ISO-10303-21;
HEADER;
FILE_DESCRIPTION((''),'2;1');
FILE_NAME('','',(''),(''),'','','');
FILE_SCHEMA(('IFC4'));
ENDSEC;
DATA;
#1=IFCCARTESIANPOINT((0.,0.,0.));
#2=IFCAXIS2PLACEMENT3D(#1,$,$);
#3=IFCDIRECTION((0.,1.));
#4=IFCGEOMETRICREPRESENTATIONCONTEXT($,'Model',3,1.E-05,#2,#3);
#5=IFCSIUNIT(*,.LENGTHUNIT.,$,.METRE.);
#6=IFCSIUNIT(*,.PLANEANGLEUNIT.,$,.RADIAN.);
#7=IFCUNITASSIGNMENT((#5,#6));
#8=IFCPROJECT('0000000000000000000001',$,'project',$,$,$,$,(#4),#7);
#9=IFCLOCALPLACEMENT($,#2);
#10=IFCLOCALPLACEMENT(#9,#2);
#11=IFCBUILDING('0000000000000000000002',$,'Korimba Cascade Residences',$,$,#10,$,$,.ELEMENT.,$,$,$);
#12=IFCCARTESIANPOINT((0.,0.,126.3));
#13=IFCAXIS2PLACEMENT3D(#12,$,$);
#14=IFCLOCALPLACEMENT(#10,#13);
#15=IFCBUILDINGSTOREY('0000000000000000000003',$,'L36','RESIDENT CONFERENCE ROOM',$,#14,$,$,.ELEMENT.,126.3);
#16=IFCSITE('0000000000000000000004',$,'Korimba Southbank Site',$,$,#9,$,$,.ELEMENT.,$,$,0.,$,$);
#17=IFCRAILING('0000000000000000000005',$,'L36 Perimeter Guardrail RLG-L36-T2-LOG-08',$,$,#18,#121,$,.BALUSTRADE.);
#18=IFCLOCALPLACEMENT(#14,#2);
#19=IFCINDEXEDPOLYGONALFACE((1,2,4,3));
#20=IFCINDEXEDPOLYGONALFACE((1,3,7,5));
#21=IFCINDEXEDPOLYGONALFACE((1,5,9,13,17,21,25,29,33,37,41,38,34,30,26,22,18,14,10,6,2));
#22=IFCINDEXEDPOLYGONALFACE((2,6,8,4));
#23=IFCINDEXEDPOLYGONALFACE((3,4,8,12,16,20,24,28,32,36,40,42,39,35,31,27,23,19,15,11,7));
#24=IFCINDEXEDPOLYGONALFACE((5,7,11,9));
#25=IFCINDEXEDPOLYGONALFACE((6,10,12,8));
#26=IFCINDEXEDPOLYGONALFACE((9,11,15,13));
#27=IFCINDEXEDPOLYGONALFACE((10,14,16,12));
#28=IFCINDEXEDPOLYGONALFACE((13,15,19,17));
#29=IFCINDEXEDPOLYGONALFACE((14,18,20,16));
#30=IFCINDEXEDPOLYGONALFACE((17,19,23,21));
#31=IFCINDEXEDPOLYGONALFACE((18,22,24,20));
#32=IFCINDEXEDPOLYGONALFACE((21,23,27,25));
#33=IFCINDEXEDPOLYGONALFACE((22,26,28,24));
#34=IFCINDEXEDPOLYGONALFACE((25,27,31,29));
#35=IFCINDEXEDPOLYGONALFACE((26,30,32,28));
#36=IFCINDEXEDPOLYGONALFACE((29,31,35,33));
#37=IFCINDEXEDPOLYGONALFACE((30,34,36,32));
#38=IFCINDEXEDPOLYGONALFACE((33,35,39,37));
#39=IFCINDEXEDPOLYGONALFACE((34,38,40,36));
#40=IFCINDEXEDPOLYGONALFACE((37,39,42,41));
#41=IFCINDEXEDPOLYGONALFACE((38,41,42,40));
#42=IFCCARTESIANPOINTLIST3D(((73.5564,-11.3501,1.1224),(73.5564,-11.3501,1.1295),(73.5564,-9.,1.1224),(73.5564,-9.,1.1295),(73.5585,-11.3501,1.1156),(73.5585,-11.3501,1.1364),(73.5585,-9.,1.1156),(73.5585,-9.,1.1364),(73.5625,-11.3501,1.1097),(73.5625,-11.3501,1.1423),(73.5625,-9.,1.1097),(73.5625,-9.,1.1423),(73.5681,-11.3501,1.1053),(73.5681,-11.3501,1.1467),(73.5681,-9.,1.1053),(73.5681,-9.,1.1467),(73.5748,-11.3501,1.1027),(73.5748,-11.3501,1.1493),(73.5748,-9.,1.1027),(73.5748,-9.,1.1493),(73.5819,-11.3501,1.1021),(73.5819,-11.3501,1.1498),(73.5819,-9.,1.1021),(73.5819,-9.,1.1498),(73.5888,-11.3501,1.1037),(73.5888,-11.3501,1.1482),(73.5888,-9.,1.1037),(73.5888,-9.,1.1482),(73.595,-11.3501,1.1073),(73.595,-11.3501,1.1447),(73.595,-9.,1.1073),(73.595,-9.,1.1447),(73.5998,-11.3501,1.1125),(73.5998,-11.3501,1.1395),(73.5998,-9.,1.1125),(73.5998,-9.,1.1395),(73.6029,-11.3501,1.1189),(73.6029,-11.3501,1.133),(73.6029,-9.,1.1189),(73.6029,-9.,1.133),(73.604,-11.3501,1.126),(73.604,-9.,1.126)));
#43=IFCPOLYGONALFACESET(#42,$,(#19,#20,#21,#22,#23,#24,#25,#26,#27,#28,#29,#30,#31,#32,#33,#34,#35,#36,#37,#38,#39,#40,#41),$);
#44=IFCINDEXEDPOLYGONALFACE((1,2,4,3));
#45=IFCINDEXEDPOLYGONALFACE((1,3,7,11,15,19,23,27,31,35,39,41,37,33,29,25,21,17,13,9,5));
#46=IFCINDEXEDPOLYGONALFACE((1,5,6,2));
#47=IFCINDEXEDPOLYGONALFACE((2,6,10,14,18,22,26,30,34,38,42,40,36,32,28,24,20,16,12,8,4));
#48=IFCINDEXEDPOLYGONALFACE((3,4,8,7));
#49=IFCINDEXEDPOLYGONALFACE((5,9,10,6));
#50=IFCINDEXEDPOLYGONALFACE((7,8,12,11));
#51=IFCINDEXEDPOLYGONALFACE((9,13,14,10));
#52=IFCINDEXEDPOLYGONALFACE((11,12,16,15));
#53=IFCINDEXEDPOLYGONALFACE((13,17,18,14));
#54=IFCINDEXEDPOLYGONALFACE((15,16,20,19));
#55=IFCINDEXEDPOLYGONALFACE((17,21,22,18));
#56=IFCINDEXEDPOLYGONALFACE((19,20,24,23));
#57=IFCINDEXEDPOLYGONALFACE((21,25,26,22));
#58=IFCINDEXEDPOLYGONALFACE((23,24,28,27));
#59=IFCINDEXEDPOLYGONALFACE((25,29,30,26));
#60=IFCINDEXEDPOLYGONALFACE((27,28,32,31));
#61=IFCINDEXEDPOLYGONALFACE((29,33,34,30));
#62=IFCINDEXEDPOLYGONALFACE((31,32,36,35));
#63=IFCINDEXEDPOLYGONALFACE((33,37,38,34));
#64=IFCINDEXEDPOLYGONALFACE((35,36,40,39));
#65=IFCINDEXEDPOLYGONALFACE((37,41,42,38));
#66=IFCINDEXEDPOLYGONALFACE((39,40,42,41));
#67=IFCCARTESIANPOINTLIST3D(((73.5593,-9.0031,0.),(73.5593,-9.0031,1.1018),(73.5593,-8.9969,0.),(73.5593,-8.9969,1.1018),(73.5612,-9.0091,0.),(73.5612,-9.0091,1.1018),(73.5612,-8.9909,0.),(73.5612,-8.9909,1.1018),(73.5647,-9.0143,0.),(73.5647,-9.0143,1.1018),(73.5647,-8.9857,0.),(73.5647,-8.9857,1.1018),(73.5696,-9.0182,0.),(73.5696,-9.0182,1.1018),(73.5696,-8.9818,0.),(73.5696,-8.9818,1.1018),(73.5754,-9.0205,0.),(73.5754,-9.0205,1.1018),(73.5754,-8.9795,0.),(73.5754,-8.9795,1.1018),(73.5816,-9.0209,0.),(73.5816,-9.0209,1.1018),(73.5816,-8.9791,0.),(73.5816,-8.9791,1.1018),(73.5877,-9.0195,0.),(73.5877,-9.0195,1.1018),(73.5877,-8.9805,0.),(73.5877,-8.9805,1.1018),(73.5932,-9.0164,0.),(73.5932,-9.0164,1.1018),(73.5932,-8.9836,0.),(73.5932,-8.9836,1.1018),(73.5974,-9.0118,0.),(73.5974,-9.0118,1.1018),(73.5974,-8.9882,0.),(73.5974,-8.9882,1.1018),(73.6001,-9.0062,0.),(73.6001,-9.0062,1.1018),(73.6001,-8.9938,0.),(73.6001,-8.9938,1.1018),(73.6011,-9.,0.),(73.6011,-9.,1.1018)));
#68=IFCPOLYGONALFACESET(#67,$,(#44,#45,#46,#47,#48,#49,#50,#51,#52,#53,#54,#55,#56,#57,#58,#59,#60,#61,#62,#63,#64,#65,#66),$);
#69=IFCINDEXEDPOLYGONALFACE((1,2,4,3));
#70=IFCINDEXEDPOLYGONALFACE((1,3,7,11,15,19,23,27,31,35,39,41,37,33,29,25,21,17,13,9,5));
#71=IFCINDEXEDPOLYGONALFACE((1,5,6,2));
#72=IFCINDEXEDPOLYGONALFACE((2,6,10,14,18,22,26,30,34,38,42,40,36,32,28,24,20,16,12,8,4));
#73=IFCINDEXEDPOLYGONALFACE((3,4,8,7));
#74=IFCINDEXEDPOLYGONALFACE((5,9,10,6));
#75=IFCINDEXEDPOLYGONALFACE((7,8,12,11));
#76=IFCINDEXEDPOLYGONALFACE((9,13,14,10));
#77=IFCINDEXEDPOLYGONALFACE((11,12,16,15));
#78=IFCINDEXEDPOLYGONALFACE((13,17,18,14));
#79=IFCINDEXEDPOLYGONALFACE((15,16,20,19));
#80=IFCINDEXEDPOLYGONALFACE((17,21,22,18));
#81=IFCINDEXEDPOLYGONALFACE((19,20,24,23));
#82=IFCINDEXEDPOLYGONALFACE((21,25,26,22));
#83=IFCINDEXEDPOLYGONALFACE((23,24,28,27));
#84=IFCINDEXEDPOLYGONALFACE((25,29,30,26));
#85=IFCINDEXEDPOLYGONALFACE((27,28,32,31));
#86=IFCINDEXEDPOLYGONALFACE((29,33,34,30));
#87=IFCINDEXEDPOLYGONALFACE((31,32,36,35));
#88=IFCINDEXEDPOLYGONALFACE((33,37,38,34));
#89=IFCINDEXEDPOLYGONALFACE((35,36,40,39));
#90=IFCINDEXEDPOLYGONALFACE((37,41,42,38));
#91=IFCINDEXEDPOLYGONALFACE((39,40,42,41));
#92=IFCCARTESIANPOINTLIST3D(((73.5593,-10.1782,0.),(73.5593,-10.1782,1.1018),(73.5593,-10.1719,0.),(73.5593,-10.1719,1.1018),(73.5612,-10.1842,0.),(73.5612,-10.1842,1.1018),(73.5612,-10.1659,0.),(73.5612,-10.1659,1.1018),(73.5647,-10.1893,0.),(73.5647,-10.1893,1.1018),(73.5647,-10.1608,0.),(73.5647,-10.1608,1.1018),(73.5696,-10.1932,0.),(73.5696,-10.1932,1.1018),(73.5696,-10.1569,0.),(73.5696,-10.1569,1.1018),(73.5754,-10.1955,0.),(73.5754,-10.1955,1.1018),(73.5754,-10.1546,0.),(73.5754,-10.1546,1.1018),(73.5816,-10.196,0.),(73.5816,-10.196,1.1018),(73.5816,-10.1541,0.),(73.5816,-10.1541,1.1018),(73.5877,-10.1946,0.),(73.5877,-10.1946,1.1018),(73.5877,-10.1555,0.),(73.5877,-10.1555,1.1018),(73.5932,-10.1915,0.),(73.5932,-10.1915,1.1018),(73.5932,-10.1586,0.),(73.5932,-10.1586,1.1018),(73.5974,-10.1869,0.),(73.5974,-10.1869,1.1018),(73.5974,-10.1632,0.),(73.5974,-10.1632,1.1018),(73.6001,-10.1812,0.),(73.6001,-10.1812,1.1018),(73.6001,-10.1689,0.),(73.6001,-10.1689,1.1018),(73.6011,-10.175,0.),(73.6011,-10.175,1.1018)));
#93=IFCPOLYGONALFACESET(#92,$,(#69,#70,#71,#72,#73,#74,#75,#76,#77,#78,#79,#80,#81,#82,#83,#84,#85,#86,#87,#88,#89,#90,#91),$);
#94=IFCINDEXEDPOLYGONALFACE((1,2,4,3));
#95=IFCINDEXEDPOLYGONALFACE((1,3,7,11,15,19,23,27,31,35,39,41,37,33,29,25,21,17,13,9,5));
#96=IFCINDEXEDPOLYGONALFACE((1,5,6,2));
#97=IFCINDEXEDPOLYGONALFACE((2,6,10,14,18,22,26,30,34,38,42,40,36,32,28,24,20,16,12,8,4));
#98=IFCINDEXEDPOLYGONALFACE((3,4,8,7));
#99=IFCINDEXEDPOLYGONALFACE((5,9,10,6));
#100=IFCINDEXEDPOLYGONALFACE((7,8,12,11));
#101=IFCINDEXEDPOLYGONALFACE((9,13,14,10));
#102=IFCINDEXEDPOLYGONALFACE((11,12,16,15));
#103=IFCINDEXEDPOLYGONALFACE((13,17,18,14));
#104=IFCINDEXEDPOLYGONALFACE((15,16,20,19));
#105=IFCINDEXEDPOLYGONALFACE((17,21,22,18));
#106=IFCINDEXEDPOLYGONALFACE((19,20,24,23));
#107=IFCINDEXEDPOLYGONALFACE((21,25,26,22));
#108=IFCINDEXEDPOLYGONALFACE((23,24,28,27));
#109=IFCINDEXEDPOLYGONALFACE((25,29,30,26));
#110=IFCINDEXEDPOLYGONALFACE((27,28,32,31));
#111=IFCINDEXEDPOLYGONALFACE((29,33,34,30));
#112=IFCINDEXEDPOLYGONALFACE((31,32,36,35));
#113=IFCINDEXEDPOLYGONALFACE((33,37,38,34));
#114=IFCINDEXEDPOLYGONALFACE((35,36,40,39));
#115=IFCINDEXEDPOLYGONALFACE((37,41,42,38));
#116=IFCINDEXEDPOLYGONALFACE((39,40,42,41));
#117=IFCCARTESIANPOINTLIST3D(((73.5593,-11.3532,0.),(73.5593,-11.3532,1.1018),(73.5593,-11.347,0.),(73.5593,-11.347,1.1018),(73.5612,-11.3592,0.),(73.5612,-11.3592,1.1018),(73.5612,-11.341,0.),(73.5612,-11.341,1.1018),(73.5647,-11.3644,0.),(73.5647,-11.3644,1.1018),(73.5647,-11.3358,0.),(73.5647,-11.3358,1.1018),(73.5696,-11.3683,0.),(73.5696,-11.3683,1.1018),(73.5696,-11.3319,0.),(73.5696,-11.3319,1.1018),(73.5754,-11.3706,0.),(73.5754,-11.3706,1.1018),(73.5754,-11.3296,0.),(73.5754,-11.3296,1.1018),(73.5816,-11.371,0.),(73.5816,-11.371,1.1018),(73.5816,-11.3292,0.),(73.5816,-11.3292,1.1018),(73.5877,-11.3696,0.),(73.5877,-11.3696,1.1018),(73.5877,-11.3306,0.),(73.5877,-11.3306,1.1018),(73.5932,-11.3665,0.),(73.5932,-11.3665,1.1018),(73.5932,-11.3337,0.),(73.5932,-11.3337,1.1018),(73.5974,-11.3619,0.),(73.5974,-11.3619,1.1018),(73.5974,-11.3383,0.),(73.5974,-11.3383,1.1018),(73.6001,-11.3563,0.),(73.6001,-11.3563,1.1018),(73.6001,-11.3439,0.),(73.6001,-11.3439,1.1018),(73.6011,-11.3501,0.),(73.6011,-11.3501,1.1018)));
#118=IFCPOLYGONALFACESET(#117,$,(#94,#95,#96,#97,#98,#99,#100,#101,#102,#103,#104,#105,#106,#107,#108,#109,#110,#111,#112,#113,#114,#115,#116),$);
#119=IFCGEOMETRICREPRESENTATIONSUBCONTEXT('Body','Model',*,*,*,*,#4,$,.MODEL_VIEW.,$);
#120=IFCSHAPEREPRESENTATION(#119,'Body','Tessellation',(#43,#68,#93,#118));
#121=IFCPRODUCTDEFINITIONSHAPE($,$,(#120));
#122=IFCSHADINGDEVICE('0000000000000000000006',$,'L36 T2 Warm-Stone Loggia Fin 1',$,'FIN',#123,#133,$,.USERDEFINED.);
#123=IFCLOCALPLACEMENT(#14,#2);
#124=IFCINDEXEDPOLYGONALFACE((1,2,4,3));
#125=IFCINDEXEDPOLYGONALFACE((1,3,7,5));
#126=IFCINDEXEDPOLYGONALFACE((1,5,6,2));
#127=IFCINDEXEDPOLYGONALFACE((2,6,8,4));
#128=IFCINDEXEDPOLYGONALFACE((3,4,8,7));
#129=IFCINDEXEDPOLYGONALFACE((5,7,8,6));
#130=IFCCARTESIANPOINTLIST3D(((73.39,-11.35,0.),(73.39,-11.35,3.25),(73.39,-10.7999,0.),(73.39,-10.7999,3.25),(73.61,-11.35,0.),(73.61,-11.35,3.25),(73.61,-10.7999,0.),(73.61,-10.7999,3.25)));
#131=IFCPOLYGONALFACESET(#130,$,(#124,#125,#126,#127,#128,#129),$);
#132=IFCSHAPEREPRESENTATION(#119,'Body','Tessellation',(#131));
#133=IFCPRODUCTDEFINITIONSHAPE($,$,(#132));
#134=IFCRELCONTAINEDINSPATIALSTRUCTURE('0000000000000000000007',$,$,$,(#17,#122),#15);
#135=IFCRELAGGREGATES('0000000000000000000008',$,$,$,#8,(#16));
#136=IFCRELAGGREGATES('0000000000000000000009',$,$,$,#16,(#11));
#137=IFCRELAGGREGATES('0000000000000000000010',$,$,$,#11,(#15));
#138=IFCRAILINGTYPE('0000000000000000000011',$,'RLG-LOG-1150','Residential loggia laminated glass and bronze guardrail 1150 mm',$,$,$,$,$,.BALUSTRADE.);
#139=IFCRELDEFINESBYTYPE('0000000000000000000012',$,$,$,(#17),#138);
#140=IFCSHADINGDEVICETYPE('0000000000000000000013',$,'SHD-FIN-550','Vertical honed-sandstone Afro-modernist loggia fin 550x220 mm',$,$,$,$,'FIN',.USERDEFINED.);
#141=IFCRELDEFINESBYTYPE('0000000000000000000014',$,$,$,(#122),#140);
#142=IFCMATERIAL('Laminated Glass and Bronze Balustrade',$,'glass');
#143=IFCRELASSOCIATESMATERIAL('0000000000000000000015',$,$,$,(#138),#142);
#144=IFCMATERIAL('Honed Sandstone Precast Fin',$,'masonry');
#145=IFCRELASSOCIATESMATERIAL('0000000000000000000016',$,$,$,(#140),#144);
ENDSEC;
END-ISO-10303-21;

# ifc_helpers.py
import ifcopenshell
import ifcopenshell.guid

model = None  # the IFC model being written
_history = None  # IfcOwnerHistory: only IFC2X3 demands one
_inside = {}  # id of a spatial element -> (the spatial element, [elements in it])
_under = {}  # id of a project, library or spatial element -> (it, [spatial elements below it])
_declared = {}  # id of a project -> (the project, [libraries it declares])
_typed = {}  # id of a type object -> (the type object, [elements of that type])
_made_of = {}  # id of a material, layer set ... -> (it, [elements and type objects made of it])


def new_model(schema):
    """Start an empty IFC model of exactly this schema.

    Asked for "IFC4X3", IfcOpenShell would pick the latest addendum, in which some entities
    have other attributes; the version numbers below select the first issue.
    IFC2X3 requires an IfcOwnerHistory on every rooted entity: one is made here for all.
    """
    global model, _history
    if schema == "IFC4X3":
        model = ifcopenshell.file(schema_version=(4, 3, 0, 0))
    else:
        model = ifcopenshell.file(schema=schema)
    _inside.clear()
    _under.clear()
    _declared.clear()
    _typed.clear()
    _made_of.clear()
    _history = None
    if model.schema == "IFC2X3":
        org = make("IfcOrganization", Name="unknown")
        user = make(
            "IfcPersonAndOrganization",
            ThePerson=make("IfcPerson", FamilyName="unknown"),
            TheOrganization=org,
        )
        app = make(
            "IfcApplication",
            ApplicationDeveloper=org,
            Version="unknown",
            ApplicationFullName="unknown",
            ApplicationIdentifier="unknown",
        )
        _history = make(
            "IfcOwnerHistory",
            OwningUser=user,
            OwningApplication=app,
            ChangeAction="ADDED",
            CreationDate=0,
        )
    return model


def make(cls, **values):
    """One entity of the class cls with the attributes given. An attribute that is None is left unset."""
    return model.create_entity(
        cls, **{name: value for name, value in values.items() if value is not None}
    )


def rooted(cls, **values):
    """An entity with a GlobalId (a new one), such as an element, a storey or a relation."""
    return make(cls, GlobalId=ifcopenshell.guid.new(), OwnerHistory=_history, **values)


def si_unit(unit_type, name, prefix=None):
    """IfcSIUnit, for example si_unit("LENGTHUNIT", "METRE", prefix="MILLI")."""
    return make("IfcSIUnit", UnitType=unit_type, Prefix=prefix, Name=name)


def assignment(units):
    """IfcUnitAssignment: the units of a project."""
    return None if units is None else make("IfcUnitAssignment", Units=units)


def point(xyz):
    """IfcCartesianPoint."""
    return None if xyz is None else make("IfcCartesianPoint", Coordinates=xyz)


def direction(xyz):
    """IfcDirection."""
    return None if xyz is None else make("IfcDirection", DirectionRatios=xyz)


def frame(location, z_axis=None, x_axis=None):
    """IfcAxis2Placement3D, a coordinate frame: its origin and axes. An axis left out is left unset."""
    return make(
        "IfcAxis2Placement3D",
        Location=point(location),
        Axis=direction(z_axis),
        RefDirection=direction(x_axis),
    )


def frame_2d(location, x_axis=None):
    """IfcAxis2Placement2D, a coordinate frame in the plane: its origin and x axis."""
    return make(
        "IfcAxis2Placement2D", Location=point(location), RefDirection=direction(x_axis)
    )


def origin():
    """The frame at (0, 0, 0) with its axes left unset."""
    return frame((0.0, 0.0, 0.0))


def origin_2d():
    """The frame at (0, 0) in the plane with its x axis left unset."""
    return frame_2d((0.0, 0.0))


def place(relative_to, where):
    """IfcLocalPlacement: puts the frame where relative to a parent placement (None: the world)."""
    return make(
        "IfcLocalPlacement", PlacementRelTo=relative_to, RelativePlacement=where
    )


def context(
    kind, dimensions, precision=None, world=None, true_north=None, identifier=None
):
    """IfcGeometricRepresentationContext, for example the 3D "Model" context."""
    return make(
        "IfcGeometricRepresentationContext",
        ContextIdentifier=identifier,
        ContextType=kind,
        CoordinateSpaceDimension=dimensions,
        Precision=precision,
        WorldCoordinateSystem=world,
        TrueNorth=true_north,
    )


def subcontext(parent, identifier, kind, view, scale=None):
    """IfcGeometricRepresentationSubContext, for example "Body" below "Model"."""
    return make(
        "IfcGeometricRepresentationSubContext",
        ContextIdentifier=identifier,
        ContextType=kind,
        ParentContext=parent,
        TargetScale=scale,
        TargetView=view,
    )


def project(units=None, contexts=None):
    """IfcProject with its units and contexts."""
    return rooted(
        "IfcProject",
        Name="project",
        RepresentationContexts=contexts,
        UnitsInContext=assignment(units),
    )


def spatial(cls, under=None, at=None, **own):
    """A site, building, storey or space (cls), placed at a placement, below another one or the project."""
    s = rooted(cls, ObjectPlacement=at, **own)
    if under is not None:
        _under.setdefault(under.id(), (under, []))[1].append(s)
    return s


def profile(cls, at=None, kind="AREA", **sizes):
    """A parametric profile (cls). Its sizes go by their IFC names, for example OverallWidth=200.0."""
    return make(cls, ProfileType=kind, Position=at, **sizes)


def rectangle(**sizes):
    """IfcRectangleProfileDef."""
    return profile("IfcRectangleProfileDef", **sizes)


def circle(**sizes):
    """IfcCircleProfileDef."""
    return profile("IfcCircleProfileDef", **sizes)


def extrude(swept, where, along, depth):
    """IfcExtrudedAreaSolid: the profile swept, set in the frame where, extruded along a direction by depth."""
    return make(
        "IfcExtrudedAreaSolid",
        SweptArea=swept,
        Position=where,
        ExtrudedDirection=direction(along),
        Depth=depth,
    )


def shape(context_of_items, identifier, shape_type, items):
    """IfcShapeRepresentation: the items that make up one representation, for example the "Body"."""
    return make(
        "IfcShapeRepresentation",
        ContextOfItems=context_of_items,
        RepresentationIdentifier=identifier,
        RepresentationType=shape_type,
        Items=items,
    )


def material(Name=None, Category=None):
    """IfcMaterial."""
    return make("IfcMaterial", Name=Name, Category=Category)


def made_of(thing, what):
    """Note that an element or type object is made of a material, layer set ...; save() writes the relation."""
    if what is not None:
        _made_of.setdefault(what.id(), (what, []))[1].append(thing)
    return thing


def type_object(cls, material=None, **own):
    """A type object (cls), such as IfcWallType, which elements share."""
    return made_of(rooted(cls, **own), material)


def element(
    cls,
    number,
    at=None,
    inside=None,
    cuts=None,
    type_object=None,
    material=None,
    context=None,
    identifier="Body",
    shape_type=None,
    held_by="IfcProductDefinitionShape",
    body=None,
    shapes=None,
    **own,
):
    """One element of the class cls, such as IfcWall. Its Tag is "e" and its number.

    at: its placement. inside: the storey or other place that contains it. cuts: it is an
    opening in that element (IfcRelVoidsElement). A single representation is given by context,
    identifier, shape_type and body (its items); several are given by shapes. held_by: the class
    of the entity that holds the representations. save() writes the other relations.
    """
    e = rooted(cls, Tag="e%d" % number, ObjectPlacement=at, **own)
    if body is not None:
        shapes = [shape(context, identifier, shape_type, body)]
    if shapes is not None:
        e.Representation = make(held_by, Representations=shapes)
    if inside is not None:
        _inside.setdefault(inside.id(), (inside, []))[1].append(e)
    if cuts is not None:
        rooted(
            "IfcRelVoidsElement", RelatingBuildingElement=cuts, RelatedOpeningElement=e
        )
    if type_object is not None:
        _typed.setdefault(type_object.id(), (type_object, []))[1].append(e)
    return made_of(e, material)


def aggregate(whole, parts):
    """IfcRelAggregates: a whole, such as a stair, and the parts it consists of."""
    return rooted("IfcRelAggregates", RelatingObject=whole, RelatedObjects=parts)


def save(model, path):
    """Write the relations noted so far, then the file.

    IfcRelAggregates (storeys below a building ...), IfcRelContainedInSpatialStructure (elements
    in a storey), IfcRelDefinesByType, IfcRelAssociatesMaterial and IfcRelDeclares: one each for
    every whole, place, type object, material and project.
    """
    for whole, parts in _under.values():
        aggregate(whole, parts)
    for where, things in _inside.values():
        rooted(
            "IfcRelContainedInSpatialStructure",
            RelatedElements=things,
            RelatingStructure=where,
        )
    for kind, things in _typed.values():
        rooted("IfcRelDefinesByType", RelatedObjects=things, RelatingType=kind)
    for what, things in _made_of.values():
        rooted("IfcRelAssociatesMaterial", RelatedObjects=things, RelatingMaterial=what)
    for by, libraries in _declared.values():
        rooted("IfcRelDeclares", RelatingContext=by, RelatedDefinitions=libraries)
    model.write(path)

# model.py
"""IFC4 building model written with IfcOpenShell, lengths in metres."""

from ifc_helpers import new_model, si_unit, direction, frame, origin, origin_2d, place, context, subcontext, project, spatial, rectangle, circle, extrude, material, type_object, element, save


model = new_model("IFC4")

# Units and contexts
model_context = context("Model", 3, precision=1e-05, world=origin(), true_north=direction((0.0, 1.0)))
body_context = subcontext(model_context, "Body", "Model", "MODEL_VIEW")
ifc_project = project(units=[si_unit("LENGTHUNIT", "METRE"), si_unit("PLANEANGLEUNIT", "RADIAN")], contexts=[model_context])

# Site, building, storey
site_placement = place(None, origin())
site = spatial("IfcSite", under=ifc_project, at=site_placement, Name="Korimba Southbank Site", CompositionType="ELEMENT", RefElevation=0.0)
building_placement = place(site_placement, origin())
building = spatial("IfcBuilding", under=site, at=building_placement, Name="Korimba Cascade Residences", CompositionType="ELEMENT")
storey_placement = place(building_placement, frame((0.0, 0.0, 126.3)))
storey = spatial("IfcBuildingStorey", under=building, at=storey_placement, Name="L36", Description="RESIDENT CONFERENCE ROOM", CompositionType="ELEMENT", Elevation=126.3)

# Railing
ifc_material_1 = material(Name="Laminated Glass and Bronze Balustrade", Category="glass")
railing_type = type_object("IfcRailingType", Name="RLG-LOG-1150", Description="Residential loggia laminated glass and bronze guardrail 1150 mm", PredefinedType="BALUSTRADE", material=ifc_material_1)
railing_1_placement = place(storey_placement, frame((73.5801, -9.0, 0.0)))
element("IfcRailing", 1, at=railing_1_placement, inside=storey, type_object=railing_type, Name="L36 Perimeter Guardrail RLG-L36-T2-LOG-08", PredefinedType="BALUSTRADE", context=body_context, shape_type="SweptSolid", body=[
    extrude(circle(Radius=0.0239, at=origin_2d()), frame((0.0, 0.0, 1.126), z_axis=(0.0, -1.0, 0.0), x_axis=(1.0, 0.0, 0.0)), (0.0, 0.0, 1.0), 2.3501),
    extrude(circle(Radius=0.021, at=origin_2d()), origin(), (0.0, 0.0, 1.0), 1.1018),
    extrude(circle(Radius=0.021, at=origin_2d()), frame((0.0, -1.175, 0.0)), (0.0, 0.0, 1.0), 1.1018),
    extrude(circle(Radius=0.021, at=origin_2d()), frame((0.0, -2.3501, 0.0)), (0.0, 0.0, 1.0), 1.1018),
])

# Shading device
ifc_material_2 = material(Name="Honed Sandstone Precast Fin", Category="masonry")
shading_device_type = type_object("IfcShadingDeviceType", Name="SHD-FIN-550", Description="Vertical honed-sandstone Afro-modernist loggia fin 550x220 mm", ElementType="FIN", PredefinedType="USERDEFINED", material=ifc_material_2)
shading_device_placement = place(storey_placement, frame((73.5, -11.075, 0.0), z_axis=(0.0, 0.0, 1.0), x_axis=(1.0, 0.0, 0.0)))
element("IfcShadingDevice", 2, at=shading_device_placement, inside=storey, type_object=shading_device_type, Name="L36 T2 Warm-Stone Loggia Fin 1", ObjectType="FIN", PredefinedType="USERDEFINED", context=body_context, shape_type="SweptSolid", body=[
    extrude(rectangle(XDim=0.22, YDim=0.55, at=origin_2d()), origin(), (0.0, 0.0, 1.0), 3.25),
])

save(model, "model.ifc")
